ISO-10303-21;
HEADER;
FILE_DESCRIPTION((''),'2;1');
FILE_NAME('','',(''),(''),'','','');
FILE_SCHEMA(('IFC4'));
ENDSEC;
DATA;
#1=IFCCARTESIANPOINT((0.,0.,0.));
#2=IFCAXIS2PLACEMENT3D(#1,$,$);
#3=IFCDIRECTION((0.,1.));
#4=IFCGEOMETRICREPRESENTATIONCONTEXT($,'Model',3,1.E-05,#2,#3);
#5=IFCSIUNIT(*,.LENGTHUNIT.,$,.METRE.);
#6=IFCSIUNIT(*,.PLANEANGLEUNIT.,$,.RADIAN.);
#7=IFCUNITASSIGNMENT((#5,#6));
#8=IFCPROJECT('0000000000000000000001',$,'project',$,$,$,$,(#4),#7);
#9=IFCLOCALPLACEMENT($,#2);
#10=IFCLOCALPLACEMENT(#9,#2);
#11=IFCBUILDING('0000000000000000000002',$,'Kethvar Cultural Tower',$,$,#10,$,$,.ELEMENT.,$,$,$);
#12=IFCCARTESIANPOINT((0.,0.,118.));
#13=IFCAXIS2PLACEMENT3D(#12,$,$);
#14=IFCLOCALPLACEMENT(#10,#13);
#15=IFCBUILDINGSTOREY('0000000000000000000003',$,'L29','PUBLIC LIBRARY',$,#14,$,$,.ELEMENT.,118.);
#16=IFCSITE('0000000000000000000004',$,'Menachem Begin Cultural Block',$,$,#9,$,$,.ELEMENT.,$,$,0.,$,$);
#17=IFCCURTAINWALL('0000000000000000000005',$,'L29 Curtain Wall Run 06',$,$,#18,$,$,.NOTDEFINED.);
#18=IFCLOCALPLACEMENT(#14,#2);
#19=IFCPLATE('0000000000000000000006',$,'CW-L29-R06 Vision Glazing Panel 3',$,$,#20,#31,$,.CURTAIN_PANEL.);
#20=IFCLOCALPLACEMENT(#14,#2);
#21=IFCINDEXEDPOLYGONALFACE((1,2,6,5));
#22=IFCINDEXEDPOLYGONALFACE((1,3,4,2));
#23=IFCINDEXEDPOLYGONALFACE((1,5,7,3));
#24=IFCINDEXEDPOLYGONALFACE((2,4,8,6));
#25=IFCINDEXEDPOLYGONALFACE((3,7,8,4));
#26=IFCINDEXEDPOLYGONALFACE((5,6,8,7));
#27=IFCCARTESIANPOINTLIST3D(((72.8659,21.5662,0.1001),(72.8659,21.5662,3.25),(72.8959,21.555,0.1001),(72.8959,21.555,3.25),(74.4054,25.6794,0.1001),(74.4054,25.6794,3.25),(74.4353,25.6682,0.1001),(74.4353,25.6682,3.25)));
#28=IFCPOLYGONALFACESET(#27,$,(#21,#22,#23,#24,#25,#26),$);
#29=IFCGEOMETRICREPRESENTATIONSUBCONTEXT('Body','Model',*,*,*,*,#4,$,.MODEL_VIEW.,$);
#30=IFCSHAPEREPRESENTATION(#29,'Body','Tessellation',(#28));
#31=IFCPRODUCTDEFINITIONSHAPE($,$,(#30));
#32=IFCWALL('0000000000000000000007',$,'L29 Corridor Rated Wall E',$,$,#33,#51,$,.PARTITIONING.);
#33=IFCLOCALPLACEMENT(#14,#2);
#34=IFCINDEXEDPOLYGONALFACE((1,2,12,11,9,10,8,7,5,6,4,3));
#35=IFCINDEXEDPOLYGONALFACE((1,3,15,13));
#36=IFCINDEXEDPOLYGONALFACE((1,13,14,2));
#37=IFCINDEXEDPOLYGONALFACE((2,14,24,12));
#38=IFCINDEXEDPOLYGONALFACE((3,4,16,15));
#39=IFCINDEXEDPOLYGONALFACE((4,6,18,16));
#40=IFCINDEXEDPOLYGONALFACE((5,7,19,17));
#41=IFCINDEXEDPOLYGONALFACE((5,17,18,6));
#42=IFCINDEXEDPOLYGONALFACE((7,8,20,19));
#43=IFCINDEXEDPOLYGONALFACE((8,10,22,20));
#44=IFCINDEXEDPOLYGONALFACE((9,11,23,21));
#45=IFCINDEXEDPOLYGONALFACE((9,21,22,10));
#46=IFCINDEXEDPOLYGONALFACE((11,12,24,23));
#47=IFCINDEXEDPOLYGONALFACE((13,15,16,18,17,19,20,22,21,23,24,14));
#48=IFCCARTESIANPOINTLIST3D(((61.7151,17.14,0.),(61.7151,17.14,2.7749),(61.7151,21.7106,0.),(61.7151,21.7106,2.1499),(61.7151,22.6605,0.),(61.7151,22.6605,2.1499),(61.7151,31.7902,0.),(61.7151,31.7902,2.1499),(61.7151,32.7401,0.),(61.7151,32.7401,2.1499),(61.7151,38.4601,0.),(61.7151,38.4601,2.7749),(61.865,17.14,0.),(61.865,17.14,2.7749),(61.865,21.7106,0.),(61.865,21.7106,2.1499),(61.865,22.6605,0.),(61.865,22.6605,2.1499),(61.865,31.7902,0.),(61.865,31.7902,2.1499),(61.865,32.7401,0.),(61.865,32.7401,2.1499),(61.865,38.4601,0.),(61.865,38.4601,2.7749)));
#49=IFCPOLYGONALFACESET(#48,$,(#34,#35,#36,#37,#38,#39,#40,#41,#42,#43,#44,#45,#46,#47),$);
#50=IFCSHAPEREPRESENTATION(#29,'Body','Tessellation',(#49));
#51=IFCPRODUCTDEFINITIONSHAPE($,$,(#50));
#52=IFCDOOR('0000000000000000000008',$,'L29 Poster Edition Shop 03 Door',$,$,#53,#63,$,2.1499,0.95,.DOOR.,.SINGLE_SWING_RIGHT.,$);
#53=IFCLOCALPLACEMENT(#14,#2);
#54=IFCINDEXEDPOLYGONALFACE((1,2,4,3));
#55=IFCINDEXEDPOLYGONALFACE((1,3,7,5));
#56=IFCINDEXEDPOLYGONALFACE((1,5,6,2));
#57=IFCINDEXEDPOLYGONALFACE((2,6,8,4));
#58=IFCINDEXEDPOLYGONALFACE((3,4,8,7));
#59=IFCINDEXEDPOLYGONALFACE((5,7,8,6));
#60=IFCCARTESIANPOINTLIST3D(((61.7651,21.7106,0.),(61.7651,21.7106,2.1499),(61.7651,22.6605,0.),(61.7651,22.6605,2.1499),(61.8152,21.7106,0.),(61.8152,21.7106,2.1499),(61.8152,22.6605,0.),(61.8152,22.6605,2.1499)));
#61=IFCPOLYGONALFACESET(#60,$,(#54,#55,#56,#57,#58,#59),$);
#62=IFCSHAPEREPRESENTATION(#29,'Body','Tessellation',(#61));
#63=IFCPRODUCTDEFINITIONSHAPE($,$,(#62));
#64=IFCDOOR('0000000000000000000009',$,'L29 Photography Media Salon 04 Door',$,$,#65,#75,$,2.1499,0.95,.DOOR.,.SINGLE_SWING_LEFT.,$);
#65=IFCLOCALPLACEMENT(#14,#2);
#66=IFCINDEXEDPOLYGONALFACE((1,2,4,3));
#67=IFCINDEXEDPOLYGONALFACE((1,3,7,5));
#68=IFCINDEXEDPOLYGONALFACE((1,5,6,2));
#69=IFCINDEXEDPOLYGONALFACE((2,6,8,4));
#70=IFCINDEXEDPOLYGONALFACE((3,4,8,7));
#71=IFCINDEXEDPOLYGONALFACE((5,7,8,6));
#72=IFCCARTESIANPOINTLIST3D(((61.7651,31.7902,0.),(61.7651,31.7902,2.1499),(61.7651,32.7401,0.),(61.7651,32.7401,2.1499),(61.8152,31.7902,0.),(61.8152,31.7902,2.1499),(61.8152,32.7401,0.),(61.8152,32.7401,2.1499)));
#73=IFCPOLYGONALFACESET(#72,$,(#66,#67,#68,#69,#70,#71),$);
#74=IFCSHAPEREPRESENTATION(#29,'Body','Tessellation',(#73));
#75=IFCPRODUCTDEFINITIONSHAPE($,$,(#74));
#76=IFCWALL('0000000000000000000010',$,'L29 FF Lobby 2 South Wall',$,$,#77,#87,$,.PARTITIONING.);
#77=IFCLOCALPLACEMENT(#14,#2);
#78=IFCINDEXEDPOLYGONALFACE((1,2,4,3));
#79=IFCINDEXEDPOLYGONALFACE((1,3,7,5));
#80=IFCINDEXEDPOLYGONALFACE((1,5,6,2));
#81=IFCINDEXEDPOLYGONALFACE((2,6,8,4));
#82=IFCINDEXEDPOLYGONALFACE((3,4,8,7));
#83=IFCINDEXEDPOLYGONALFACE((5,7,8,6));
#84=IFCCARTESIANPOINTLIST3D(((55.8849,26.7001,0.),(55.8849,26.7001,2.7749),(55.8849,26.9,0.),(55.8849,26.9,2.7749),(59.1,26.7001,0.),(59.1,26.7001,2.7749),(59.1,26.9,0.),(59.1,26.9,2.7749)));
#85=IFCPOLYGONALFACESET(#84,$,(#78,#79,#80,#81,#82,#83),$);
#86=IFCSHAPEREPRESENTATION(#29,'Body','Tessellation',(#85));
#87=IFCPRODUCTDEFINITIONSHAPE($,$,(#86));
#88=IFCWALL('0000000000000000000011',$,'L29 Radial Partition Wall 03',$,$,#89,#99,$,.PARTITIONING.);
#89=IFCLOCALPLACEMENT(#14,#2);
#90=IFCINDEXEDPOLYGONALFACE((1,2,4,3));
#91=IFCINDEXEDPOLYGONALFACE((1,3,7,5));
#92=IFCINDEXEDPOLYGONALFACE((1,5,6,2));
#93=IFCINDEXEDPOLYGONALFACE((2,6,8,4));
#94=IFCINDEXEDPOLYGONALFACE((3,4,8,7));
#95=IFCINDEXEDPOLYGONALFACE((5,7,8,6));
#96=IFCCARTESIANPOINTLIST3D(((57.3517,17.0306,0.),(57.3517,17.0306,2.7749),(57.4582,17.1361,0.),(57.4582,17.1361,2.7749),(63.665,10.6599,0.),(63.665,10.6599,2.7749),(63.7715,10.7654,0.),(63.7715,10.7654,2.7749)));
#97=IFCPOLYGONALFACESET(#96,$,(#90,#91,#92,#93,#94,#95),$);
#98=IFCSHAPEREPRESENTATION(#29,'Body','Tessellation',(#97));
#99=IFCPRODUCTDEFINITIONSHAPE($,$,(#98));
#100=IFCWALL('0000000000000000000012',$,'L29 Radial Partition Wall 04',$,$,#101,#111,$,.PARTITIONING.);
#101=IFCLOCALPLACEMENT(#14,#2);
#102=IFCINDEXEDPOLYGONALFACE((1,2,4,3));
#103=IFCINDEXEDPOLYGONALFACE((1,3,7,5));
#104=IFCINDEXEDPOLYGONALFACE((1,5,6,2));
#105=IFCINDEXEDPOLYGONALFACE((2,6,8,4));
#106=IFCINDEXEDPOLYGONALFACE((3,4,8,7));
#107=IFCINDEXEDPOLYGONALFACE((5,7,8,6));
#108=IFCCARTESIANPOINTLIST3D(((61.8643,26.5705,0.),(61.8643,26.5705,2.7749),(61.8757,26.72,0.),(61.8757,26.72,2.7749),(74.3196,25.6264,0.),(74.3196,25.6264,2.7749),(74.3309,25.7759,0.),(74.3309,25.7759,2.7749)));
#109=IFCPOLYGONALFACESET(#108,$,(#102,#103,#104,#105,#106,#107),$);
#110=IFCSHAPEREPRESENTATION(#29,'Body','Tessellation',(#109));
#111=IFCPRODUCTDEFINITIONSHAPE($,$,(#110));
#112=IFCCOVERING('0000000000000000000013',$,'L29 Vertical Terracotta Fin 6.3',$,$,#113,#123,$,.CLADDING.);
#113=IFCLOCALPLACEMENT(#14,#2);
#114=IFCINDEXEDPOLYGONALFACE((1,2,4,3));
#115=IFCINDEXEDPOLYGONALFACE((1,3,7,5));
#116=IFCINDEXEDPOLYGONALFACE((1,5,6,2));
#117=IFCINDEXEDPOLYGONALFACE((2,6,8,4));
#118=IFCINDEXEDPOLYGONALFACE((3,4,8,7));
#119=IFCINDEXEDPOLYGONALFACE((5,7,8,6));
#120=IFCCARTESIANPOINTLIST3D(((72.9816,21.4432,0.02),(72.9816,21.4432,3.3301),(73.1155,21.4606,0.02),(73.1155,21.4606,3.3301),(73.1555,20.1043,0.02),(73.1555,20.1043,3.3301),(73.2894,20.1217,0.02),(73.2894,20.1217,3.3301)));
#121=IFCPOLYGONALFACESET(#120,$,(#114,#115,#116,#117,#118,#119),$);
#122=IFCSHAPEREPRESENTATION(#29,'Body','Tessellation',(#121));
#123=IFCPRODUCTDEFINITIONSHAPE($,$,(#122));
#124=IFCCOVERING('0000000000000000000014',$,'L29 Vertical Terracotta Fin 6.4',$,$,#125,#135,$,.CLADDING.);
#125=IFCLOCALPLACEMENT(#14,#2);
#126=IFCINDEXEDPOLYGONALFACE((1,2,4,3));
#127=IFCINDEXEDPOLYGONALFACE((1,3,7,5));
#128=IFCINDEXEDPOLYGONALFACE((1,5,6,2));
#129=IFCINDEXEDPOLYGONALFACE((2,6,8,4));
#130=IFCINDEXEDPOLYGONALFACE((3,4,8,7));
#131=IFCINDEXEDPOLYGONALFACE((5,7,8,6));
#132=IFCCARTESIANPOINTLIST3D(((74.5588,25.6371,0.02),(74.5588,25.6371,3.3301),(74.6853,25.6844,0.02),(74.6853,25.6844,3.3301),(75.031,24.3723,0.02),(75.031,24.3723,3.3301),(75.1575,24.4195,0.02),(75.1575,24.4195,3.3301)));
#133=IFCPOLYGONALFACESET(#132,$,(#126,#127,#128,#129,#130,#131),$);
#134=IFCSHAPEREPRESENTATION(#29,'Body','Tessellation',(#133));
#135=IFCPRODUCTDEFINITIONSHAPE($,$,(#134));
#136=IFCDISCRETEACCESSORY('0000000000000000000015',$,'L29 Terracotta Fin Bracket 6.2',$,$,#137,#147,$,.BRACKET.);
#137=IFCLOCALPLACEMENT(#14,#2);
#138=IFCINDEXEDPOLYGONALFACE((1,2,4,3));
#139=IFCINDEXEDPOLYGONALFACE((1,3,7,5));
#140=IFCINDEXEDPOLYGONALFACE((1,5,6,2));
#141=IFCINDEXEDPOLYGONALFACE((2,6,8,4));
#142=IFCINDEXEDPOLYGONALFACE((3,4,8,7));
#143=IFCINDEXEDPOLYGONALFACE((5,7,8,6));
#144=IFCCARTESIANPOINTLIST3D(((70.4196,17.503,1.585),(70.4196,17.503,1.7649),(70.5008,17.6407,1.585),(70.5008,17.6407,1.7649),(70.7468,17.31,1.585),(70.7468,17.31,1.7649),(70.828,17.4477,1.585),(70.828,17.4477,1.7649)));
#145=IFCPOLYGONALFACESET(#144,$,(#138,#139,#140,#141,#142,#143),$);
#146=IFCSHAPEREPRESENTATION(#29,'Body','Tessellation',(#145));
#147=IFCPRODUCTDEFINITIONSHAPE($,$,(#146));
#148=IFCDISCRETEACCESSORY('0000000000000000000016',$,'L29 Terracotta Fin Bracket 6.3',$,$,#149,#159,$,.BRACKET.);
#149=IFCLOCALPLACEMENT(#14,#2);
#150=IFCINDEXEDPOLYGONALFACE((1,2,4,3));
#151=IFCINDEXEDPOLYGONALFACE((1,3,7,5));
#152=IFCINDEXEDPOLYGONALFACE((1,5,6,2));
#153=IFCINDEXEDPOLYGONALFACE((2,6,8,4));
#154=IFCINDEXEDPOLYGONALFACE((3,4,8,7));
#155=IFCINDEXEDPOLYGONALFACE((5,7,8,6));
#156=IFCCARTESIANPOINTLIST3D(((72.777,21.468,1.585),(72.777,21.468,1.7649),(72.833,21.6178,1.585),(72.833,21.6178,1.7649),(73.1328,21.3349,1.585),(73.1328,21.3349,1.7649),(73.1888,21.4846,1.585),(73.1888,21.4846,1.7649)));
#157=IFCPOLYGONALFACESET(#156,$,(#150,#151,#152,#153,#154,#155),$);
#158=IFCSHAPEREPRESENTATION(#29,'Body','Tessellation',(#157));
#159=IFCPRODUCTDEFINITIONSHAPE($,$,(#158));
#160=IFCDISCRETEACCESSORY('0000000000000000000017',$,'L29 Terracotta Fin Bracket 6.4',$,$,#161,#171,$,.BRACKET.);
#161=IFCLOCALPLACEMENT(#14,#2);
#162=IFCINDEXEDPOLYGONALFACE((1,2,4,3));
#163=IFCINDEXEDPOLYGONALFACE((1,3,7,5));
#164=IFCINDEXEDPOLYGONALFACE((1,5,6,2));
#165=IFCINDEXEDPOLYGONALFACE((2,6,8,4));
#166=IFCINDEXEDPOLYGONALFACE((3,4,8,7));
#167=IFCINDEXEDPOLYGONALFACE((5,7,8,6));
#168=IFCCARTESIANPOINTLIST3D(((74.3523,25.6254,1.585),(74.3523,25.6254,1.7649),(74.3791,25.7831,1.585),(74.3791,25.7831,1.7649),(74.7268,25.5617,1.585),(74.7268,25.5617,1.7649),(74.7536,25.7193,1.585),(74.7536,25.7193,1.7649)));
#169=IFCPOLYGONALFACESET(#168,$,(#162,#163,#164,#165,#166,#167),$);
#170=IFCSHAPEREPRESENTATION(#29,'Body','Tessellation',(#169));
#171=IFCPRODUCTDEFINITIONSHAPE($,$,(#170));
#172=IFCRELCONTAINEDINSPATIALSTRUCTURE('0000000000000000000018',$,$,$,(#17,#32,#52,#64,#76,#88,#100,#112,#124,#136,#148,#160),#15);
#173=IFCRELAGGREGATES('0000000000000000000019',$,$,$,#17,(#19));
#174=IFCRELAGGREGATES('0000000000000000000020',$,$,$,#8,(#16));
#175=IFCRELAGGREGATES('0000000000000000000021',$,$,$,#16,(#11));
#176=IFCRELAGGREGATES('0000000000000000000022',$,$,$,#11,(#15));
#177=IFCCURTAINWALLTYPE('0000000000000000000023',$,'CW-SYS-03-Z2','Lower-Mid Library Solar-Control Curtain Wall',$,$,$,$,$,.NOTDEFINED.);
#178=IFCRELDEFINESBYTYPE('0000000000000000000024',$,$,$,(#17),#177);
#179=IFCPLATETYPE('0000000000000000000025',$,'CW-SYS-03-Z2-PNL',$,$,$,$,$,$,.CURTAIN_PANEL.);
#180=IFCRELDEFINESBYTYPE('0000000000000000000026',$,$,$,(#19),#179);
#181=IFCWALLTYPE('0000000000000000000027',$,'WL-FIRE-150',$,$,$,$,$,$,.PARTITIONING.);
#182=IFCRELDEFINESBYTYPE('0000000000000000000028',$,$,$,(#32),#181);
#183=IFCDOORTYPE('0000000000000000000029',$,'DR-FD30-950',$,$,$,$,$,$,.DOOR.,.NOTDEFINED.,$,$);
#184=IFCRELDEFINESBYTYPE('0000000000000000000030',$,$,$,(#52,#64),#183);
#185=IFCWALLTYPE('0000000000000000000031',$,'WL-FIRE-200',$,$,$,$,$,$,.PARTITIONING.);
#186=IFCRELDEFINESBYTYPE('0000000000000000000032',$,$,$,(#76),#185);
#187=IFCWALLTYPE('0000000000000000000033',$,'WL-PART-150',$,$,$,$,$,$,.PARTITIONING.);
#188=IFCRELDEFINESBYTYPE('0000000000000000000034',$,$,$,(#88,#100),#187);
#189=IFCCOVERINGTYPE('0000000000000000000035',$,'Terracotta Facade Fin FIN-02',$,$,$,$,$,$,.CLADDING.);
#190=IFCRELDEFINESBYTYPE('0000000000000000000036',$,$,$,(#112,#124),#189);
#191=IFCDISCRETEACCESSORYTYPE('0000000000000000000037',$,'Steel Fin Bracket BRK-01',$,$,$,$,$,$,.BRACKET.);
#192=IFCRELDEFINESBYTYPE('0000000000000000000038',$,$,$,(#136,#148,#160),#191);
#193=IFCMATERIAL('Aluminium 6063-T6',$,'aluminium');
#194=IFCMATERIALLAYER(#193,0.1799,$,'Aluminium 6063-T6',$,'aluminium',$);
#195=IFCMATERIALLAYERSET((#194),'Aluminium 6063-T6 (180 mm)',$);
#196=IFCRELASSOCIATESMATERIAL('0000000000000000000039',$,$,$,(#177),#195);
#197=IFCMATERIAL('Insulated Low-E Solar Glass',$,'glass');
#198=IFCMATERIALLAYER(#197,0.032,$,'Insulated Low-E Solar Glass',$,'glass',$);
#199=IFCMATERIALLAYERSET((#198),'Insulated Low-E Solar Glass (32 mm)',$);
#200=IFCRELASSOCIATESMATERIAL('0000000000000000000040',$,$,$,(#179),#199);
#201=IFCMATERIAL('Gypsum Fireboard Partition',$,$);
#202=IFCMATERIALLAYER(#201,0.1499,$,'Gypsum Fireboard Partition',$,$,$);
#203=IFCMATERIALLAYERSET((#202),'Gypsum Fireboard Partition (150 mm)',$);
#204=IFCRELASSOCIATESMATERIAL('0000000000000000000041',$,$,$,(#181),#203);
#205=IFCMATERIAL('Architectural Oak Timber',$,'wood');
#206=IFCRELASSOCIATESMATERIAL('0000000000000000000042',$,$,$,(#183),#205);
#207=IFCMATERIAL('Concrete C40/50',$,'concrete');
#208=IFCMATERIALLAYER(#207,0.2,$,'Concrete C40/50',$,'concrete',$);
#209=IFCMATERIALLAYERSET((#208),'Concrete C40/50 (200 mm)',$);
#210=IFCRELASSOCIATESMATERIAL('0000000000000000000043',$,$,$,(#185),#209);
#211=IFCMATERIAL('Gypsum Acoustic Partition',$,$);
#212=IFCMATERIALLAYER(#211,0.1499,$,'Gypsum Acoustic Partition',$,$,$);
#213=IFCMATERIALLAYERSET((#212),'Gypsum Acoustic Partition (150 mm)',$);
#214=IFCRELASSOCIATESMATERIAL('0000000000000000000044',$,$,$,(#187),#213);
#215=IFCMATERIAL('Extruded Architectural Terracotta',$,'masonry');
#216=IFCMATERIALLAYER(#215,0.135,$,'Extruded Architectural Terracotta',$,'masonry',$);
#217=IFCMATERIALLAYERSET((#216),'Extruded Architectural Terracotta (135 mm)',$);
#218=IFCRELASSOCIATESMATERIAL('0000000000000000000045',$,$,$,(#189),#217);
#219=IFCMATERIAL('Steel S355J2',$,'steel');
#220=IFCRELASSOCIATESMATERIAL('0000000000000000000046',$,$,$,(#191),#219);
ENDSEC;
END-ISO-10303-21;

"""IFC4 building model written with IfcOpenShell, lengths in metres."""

from ifc_helpers import new_model, si_unit, direction, frame, frame_2d, origin, origin_2d, place, context, subcontext, project, spatial, rectangle, extrude, source, transform, mapped, material, layer, layer_set, type_object, element, fill, aggregate, save


model = new_model("IFC4")

# Units and contexts
model_context = context("Model", 3, precision=1e-05, world=origin(), true_north=direction((0.0, 1.0)))
body_context = subcontext(model_context, "Body", "Model", "MODEL_VIEW")
ifc_project = project(units=[si_unit("LENGTHUNIT", "METRE"), si_unit("PLANEANGLEUNIT", "RADIAN")], contexts=[model_context])

# Site, building, storey
site_placement = place(None, origin())
site = spatial("IfcSite", under=ifc_project, at=site_placement, Name="Menachem Begin Cultural Block", CompositionType="ELEMENT", RefElevation=0.0)
building_placement = place(site_placement, origin())
building = spatial("IfcBuilding", under=site, at=building_placement, Name="Kethvar Cultural Tower", CompositionType="ELEMENT")
storey_placement = place(building_placement, frame((0.0, 0.0, 118.0)))
storey = spatial("IfcBuildingStorey", under=building, at=storey_placement, Name="L29", Description="PUBLIC LIBRARY", CompositionType="ELEMENT", Elevation=118.0)

# Shared definitions
ifc_material_1 = material(Name="Steel S355J2", Category="steel")

# Curtain wall, plate
ifc_material_2 = material(Name="Aluminium 6063-T6", Category="aluminium")
ifc_layer_1 = layer(ifc_material_2, 0.1799, Name="Aluminium 6063-T6", Category="aluminium")
ifc_layer_set_1 = layer_set([ifc_layer_1], Name="Aluminium 6063-T6 (180 mm)")
curtain_wall_type = type_object("IfcCurtainWallType", Name="CW-SYS-03-Z2", Description="Lower-Mid Library Solar-Control Curtain Wall", PredefinedType="NOTDEFINED", material=ifc_layer_set_1)
curtain_wall_placement = place(storey_placement, origin())
curtain_wall = element("IfcCurtainWall", 1, at=curtain_wall_placement, inside=storey, type_object=curtain_wall_type, Name="L29 Curtain Wall Run 06", PredefinedType="NOTDEFINED")
ifc_material_3 = material(Name="Insulated Low-E Solar Glass", Category="glass")
ifc_layer_2 = layer(ifc_material_3, 0.032, Name="Insulated Low-E Solar Glass", Category="glass")
ifc_layer_set_2 = layer_set([ifc_layer_2], Name="Insulated Low-E Solar Glass (32 mm)")
plate_type = type_object("IfcPlateType", Name="CW-SYS-03-Z2-PNL", PredefinedType="CURTAIN_PANEL", material=ifc_layer_set_2)
shared_shape_1 = source(origin(), body_context, "Body", "SweptSolid", [
    extrude(rectangle(XDim=4.3918, YDim=0.032, at=origin_2d()), origin(), (0.0, 0.0, 1.0), 3.1499),
])
plate_1_placement = place(storey_placement, frame((73.6506, 23.6172, 0.1001), z_axis=(0.0, 0.0, 1.0), x_axis=(0.350518, 0.936556, 0.0)))
plate_1 = element("IfcPlate", 2, at=plate_1_placement, type_object=plate_type, Name="CW-L29-R06 Vision Glazing Panel 3", PredefinedType="CURTAIN_PANEL", context=body_context, shape_type="MappedRepresentation", body=[
    mapped(shared_shape_1, transform((0.0, 0.0, 0.0), scale=1.0)),
])
aggregate(curtain_wall, [plate_1])

# Wall, openings, doors
ifc_material_4 = material(Name="Gypsum Fireboard Partition")
ifc_layer_3 = layer(ifc_material_4, 0.1499, Name="Gypsum Fireboard Partition")
ifc_layer_set_3 = layer_set([ifc_layer_3], Name="Gypsum Fireboard Partition (150 mm)")
wall_type_1 = type_object("IfcWallType", Name="WL-FIRE-150", PredefinedType="PARTITIONING", material=ifc_layer_set_3)
wall_1_placement = place(storey_placement, frame((61.79, 17.1399, 0.0), z_axis=(0.0, 0.0, 1.0), x_axis=(0.0, 1.0, 0.0)))
wall_1 = element("IfcWall", 3, at=wall_1_placement, inside=storey, type_object=wall_type_1, Name="L29 Corridor Rated Wall E", PredefinedType="PARTITIONING", context=body_context, shape_type="SweptSolid", body=[
    extrude(rectangle(XDim=21.3201, YDim=0.1499, at=frame_2d((10.6602, 0.0))), origin(), (0.0, 0.0, 1.0), 2.7749),
])
opening_1_placement = place(wall_1_placement, frame((4.5706, 0.0, 0.0)))
opening_1 = element("IfcOpeningElement", 4, at=opening_1_placement, cuts=wall_1, PredefinedType="OPENING", context=body_context, shape_type="SweptSolid", body=[
    extrude(rectangle(XDim=0.95, YDim=2.1499, at=frame_2d((0.4751, 1.075))), frame((0.0, 0.085, 0.0), z_axis=(0.0, -1.0, 0.0), x_axis=(1.0, 0.0, 0.0)), (0.0, 0.0, 1.0), 0.1699),
])
opening_2_placement = place(wall_1_placement, frame((14.6501, 0.0, 0.0)))
opening_2 = element("IfcOpeningElement", 5, at=opening_2_placement, cuts=wall_1, PredefinedType="OPENING", context=body_context, shape_type="SweptSolid", body=[
    extrude(rectangle(XDim=0.95, YDim=2.1499, at=frame_2d((0.4751, 1.075))), frame((0.0, 0.085, 0.0), z_axis=(0.0, -1.0, 0.0), x_axis=(1.0, 0.0, 0.0)), (0.0, 0.0, 1.0), 0.1699),
])
ifc_material_5 = material(Name="Architectural Oak Timber", Category="wood")
door_type_1 = type_object("IfcDoorType", Name="DR-FD30-950", OperationType="NOTDEFINED", PredefinedType="DOOR", material=ifc_material_5)
shared_shape_2 = source(origin(), body_context, "Body", "SweptSolid", [
    extrude(rectangle(XDim=0.95, YDim=2.1499, at=frame_2d((0.4751, 1.075))), frame((0.0, 0.0249, 0.0), z_axis=(0.0, -1.0, 0.0), x_axis=(1.0, 0.0, 0.0)), (0.0, 0.0, 1.0), 0.05),
])
door_1_placement = place(opening_1_placement, origin())
door_1 = element("IfcDoor", 6, at=door_1_placement, inside=storey, type_object=door_type_1, Name="L29 Poster Edition Shop 03 Door", OperationType="SINGLE_SWING_RIGHT", OverallHeight=2.1499, OverallWidth=0.95, PredefinedType="DOOR", context=body_context, shape_type="MappedRepresentation", body=[
    mapped(shared_shape_2, transform((0.0, 0.0, 0.0), scale=1.0)),
])
fill(opening_1, door_1)
door_2_placement = place(opening_2_placement, origin())
door_2 = element("IfcDoor", 7, at=door_2_placement, inside=storey, type_object=door_type_1, Name="L29 Photography Media Salon 04 Door", OperationType="SINGLE_SWING_LEFT", OverallHeight=2.1499, OverallWidth=0.95, PredefinedType="DOOR", context=body_context, shape_type="MappedRepresentation", body=[
    mapped(shared_shape_2, transform((0.0, 0.0, 0.0), scale=1.0)),
])
fill(opening_2, door_2)

# Shared definitions
ifc_material_6 = material(Name="Concrete C40/50", Category="concrete")
ifc_layer_4 = layer(ifc_material_6, 0.2, Name="Concrete C40/50", Category="concrete")
ifc_layer_set_4 = layer_set([ifc_layer_4], Name="Concrete C40/50 (200 mm)")
wall_type_2 = type_object("IfcWallType", Name="WL-FIRE-200", PredefinedType="PARTITIONING", material=ifc_layer_set_4)

# Walls
wall_2_placement = place(storey_placement, frame((55.885, 26.8, 0.0), z_axis=(0.0, 0.0, 1.0), x_axis=(1.0, 0.0, 0.0)))
element("IfcWall", 8, at=wall_2_placement, inside=storey, type_object=wall_type_2, Name="L29 FF Lobby 2 South Wall", PredefinedType="PARTITIONING", context=body_context, shape_type="SweptSolid", body=[
    extrude(rectangle(XDim=3.2151, YDim=0.2, at=frame_2d((1.6074, 0.0))), origin(), (0.0, 0.0, 1.0), 2.7749),
])
ifc_material_7 = material(Name="Gypsum Acoustic Partition")
ifc_layer_5 = layer(ifc_material_7, 0.1499, Name="Gypsum Acoustic Partition")
ifc_layer_set_5 = layer_set([ifc_layer_5], Name="Gypsum Acoustic Partition (150 mm)")
wall_type_3 = type_object("IfcWallType", Name="WL-PART-150", PredefinedType="PARTITIONING", material=ifc_layer_set_5)
wall_3_placement = place(storey_placement, frame((57.405, 17.0833, 0.0), z_axis=(0.0, 0.0, 1.0), x_axis=(0.703901, -0.710298, 0.0)))
element("IfcWall", 9, at=wall_3_placement, inside=storey, type_object=wall_type_3, Name="L29 Radial Partition Wall 03", PredefinedType="PARTITIONING", context=body_context, shape_type="SweptSolid", body=[
    extrude(rectangle(XDim=8.969, YDim=0.1499, at=frame_2d((4.4844, 0.0))), origin(), (0.0, 0.0, 1.0), 2.7749),
])
wall_4_placement = place(storey_placement, frame((61.8699, 26.6453, 0.0), z_axis=(0.0, 0.0, 1.0), x_axis=(0.99714, -0.075581, 0.0)))
element("IfcWall", 10, at=wall_4_placement, inside=storey, type_object=wall_type_3, Name="L29 Radial Partition Wall 04", PredefinedType="PARTITIONING", context=body_context, shape_type="SweptSolid", body=[
    extrude(rectangle(XDim=12.491, YDim=0.1499, at=frame_2d((6.2456, 0.0))), origin(), (0.0, 0.0, 1.0), 2.7749),
])

# Coverings
ifc_material_8 = material(Name="Extruded Architectural Terracotta", Category="masonry")
ifc_layer_6 = layer(ifc_material_8, 0.135, Name="Extruded Architectural Terracotta", Category="masonry")
ifc_layer_set_6 = layer_set([ifc_layer_6], Name="Extruded Architectural Terracotta (135 mm)")
covering_type = type_object("IfcCoveringType", Name="Terracotta Facade Fin FIN-02", PredefinedType="CLADDING", material=ifc_layer_set_6)
shared_shape_3 = source(origin(), body_context, "Body", "SweptSolid", [
    extrude(rectangle(XDim=1.3501, YDim=0.135, at=origin_2d()), origin(), (0.0, 0.0, 1.0), 3.3101),
])
for number, where, z_axis, x_axis, name in (
    (11, (73.1355, 20.7825, 0.02), (0.0, 0.0, 1.0), (0.128796, -0.991671, 0.0), "L29 Vertical Terracotta Fin 6.3"),
    (12, (74.8582, 25.0283, 0.02), (0.0, 0.0, 1.0), (0.349717, -0.936855, 0.0), "L29 Vertical Terracotta Fin 6.4"),
):
    element("IfcCovering", number, at=place(storey_placement, frame(where, z_axis=z_axis, x_axis=x_axis)), inside=storey, type_object=covering_type, Name=name, PredefinedType="CLADDING", context=body_context, shape_type="MappedRepresentation", body=[
        mapped(shared_shape_3, transform((0.0, 0.0, 0.0), scale=1.0)),
    ])

# Discrete accessories
discrete_accessory_type = type_object("IfcDiscreteAccessoryType", Name="Steel Fin Bracket BRK-01", PredefinedType="BRACKET", material=ifc_material_1)
shared_shape_4 = source(origin(), body_context, "Body", "SweptSolid", [
    extrude(rectangle(XDim=0.3799, YDim=0.1599, at=origin_2d()), origin(), (0.0, 0.0, 1.0), 0.1799),
])
for number, where, z_axis, x_axis, name in (
    (13, (70.6238, 17.4753, 1.585), (0.0, 0.0, 1.0), (0.861363, -0.507989, 0.0), "L29 Terracotta Fin Bracket 6.2"),
    (14, (72.9829, 21.4763, 1.585), (0.0, 0.0, 1.0), (0.93655, -0.350534, 0.0), "L29 Terracotta Fin Bracket 6.3"),
    (15, (74.553, 25.6724, 1.585), (0.0, 0.0, 1.0), (0.985821, -0.167801, 0.0), "L29 Terracotta Fin Bracket 6.4"),
):
    element("IfcDiscreteAccessory", number, at=place(storey_placement, frame(where, z_axis=z_axis, x_axis=x_axis)), inside=storey, type_object=discrete_accessory_type, Name=name, PredefinedType="BRACKET", context=body_context, shape_type="MappedRepresentation", body=[
        mapped(shared_shape_4, transform((0.0, 0.0, 0.0), scale=1.0)),
    ])

save(model, "model.ifc")
